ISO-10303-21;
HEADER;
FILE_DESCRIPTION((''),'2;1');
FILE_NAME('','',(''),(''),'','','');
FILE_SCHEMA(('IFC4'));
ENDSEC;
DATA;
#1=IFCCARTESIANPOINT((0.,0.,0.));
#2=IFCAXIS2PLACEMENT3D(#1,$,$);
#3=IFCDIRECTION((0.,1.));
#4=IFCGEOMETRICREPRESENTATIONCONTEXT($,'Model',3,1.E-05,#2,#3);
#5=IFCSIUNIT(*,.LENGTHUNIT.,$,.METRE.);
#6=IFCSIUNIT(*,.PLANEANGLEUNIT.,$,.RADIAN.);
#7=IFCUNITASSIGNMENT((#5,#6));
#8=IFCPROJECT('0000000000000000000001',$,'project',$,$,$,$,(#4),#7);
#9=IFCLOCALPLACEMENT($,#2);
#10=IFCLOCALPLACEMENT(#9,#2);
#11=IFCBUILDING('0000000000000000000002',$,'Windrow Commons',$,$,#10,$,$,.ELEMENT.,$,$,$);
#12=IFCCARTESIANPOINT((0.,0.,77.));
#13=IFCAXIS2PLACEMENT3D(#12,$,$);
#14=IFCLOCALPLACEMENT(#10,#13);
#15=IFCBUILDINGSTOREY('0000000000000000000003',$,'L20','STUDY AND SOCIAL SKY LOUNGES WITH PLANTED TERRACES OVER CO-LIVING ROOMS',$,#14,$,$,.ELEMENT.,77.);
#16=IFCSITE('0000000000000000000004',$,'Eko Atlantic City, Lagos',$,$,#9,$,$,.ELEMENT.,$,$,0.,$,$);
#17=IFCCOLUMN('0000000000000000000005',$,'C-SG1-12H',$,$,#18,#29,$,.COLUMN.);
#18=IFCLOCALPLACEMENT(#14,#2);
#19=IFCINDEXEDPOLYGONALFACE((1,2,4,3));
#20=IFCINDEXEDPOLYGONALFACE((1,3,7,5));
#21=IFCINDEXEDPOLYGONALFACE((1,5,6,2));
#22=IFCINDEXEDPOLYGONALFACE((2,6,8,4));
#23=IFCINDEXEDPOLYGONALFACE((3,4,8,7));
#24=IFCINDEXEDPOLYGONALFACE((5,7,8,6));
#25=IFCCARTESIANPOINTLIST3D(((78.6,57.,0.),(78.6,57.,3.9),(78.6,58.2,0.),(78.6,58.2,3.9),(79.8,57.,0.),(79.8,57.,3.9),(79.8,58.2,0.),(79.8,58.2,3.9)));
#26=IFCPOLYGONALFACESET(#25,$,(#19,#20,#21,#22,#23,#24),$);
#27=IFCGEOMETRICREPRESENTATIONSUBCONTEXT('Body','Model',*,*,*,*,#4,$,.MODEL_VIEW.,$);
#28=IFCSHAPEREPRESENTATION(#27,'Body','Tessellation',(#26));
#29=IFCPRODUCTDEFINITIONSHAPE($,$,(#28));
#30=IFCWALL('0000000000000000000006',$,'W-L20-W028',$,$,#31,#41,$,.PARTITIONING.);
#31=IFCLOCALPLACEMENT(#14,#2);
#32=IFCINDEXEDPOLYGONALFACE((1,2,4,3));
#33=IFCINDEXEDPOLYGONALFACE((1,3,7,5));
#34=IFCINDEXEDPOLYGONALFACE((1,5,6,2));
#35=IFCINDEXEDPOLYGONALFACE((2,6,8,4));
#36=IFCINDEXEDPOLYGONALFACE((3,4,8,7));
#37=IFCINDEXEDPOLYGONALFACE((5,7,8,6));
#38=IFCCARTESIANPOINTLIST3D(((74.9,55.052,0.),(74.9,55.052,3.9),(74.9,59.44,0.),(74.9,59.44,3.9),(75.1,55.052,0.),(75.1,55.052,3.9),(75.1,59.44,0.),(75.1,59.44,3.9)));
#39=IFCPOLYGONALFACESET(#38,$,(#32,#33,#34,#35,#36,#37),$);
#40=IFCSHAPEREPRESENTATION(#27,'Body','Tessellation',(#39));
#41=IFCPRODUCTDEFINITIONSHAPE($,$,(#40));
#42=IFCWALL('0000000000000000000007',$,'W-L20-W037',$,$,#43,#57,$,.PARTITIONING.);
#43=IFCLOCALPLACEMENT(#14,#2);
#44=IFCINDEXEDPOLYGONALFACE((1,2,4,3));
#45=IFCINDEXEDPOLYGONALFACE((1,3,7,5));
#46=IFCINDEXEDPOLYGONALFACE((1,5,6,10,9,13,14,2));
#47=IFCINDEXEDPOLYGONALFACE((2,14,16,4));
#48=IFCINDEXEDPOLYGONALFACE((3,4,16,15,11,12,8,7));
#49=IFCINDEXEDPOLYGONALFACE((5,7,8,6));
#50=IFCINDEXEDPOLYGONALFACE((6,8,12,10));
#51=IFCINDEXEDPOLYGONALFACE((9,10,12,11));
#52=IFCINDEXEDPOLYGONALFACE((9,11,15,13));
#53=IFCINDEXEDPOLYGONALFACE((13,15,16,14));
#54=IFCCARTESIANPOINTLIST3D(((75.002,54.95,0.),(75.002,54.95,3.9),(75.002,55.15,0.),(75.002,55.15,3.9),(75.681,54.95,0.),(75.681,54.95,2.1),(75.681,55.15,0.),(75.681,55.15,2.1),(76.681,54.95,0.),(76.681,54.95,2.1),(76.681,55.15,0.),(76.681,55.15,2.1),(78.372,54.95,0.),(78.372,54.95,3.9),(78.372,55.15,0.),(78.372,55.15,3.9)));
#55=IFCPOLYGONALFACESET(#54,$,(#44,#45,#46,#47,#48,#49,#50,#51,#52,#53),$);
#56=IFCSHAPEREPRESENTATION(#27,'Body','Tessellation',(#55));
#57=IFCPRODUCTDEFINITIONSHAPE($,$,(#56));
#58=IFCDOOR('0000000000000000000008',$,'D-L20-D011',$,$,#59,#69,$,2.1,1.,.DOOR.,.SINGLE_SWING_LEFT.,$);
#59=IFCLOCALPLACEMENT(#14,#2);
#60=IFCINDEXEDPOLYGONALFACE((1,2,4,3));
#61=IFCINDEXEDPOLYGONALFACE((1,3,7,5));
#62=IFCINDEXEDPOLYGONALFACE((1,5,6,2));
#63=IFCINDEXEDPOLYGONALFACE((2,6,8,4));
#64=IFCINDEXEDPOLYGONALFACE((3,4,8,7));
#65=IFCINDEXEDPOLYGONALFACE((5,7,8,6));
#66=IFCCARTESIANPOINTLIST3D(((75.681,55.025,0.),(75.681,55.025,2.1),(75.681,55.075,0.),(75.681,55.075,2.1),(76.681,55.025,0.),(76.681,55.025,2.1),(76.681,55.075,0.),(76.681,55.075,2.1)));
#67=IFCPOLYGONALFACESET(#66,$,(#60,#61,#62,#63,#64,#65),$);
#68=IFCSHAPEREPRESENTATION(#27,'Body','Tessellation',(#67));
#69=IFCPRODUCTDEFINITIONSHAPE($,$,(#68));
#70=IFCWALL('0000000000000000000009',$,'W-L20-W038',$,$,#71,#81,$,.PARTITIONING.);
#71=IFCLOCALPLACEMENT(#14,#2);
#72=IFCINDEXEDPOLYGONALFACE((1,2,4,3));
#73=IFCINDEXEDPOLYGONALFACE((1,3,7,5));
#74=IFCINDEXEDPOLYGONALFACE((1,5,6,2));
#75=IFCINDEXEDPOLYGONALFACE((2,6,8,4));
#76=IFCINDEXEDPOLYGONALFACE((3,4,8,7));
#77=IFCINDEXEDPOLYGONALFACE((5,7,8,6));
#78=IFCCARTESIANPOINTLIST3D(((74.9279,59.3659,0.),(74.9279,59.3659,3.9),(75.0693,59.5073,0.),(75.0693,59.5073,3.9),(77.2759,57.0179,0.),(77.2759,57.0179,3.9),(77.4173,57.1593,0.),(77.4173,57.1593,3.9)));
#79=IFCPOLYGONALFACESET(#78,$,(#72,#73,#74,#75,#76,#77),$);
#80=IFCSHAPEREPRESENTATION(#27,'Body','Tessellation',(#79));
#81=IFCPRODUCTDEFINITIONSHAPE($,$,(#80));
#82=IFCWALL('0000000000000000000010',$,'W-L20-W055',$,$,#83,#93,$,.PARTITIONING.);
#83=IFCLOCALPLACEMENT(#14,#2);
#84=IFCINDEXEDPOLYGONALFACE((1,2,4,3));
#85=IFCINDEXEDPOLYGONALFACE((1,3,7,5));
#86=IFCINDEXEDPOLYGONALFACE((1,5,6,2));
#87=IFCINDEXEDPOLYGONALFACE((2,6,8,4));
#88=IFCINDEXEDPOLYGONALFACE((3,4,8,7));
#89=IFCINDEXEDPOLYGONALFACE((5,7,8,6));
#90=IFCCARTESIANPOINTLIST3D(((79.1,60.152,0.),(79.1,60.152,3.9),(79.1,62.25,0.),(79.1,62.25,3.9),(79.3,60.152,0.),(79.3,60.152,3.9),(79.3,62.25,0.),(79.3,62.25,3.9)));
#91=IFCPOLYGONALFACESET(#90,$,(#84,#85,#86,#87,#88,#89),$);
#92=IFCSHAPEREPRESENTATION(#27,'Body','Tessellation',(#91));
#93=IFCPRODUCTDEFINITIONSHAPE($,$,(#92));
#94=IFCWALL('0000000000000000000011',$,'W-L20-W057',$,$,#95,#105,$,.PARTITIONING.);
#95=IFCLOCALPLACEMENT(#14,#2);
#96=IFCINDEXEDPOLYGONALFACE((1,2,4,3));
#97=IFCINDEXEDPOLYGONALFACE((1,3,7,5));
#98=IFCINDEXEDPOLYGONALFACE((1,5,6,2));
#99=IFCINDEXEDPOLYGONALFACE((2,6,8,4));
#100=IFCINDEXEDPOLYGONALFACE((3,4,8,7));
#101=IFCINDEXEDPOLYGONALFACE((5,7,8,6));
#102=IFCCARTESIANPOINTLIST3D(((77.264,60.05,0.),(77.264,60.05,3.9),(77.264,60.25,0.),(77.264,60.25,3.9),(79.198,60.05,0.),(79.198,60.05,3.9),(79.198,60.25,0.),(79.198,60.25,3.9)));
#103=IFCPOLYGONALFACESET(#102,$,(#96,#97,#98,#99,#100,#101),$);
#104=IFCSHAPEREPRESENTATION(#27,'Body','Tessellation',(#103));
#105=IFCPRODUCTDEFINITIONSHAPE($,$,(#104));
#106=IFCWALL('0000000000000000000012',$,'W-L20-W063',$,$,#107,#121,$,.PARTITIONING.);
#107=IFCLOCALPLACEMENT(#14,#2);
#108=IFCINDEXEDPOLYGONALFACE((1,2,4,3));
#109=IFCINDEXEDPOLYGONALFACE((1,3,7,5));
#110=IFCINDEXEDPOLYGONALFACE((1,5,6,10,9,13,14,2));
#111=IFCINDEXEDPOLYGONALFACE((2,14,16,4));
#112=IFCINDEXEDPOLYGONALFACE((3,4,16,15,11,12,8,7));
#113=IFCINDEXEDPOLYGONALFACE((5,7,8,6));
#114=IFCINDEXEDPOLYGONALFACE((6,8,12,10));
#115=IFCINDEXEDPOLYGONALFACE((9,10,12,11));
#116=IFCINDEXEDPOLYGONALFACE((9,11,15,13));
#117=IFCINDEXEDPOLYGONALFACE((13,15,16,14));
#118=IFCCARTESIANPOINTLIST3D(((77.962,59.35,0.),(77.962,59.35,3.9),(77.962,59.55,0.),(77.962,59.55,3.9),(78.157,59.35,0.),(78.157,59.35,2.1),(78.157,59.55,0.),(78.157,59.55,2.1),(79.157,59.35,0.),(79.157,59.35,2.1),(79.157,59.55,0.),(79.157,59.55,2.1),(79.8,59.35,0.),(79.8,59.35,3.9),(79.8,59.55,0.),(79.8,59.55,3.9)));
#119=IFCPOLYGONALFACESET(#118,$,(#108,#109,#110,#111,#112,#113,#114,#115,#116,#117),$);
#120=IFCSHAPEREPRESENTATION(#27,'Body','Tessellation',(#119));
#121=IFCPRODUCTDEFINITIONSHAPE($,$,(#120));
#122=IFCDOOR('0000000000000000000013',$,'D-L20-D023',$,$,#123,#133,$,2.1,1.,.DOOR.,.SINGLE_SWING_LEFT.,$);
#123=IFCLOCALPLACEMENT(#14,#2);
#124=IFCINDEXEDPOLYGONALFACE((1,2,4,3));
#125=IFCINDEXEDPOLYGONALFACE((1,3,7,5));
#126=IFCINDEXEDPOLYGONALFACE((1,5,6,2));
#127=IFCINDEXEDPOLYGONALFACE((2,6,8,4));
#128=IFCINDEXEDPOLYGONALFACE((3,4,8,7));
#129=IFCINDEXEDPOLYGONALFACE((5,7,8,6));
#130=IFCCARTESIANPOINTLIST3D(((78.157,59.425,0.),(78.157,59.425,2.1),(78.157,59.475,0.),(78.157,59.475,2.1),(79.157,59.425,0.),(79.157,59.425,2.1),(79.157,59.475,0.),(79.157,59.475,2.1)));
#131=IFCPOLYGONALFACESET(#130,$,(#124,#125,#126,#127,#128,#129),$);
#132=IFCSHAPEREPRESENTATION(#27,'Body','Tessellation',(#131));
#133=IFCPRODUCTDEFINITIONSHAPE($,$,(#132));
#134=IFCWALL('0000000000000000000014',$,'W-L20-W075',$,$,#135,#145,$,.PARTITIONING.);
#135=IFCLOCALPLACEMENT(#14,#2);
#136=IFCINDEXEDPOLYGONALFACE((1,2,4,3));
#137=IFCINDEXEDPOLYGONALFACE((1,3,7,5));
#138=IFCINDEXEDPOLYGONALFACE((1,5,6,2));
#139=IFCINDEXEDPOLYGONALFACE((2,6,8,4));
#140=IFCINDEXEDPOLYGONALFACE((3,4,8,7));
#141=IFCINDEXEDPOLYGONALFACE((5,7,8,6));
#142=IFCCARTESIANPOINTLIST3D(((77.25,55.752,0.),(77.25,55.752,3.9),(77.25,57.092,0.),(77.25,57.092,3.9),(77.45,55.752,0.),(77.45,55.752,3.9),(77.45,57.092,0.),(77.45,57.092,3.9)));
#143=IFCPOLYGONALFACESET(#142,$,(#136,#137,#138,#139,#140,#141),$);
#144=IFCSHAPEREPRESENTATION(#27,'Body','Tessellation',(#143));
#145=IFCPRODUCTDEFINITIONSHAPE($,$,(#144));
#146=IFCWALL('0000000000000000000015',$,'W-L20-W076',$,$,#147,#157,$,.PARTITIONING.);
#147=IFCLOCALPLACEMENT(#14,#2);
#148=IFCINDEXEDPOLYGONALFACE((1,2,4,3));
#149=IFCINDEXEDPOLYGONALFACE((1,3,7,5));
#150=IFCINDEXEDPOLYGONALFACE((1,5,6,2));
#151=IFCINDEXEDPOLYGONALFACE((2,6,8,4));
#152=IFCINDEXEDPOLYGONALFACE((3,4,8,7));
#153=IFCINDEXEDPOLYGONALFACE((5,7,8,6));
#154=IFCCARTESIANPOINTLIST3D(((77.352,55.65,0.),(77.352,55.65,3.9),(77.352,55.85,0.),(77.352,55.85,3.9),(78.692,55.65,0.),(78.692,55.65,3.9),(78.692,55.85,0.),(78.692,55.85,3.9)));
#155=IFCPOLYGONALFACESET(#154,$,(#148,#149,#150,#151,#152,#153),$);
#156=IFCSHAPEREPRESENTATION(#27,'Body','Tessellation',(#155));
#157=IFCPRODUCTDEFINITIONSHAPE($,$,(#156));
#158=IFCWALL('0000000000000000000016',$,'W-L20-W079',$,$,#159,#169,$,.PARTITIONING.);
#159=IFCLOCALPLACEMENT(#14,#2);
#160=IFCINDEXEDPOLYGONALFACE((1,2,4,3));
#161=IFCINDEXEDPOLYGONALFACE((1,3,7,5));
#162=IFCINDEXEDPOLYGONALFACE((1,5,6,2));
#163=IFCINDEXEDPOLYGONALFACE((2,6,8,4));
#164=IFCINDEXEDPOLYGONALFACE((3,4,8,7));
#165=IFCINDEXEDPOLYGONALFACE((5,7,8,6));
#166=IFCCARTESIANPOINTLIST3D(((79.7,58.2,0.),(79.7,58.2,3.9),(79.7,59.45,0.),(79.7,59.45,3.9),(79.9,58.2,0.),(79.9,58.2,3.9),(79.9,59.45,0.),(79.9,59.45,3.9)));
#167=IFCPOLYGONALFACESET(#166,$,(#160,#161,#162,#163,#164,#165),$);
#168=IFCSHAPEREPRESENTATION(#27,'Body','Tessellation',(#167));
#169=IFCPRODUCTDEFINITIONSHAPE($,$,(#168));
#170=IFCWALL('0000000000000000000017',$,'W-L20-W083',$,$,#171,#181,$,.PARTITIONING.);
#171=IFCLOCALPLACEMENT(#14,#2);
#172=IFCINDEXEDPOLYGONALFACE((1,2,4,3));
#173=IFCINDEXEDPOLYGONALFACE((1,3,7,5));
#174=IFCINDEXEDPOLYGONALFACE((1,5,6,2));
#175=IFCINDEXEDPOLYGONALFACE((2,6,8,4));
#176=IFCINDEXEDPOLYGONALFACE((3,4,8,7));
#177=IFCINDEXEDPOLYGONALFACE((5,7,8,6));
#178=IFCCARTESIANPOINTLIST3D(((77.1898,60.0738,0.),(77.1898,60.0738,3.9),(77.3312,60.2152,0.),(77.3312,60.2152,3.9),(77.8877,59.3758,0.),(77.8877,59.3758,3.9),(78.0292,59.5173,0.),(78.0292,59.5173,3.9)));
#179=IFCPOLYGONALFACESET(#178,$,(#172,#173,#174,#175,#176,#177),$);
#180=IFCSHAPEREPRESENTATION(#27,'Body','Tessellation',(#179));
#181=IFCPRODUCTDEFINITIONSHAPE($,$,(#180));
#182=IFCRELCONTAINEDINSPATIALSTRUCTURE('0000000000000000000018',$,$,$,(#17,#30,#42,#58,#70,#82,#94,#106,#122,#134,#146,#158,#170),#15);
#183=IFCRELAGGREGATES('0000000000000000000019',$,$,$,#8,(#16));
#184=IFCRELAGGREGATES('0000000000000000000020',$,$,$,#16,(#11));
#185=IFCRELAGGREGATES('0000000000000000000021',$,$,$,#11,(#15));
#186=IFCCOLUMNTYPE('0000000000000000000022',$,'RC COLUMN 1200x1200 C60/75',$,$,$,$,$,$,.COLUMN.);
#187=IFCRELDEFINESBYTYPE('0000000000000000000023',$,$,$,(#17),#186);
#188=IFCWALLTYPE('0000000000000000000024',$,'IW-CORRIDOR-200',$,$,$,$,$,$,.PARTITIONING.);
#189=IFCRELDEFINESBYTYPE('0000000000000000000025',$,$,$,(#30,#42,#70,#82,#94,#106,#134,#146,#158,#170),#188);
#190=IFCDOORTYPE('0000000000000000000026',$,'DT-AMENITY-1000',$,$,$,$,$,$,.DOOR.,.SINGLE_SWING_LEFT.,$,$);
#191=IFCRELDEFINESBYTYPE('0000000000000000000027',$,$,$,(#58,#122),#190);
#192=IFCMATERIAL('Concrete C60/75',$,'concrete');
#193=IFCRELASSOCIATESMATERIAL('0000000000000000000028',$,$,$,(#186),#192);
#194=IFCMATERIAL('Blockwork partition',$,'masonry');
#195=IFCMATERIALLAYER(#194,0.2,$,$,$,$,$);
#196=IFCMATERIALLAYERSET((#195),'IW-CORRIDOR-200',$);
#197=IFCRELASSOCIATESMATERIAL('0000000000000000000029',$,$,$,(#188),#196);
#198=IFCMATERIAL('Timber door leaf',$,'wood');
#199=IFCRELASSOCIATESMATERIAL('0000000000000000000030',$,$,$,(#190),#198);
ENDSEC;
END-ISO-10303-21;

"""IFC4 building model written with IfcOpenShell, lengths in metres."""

from ifc_helpers import new_model, si_unit, direction, frame, frame_2d, origin, origin_2d, place, context, subcontext, project, spatial, rectangle, extrude, material, layer, layer_set, material_profile, profile_set, type_object, element, fill, save


model = new_model("IFC4")

# Units and contexts
model_context = context("Model", 3, precision=1e-05, world=origin(), true_north=direction((0.0, 1.0)))
body_context = subcontext(model_context, "Body", "Model", "MODEL_VIEW")
ifc_project = project(units=[si_unit("LENGTHUNIT", "METRE"), si_unit("PLANEANGLEUNIT", "RADIAN")], contexts=[model_context])

# Site, building, storey
site_placement = place(None, origin())
site = spatial("IfcSite", under=ifc_project, at=site_placement, Name="Eko Atlantic City, Lagos", CompositionType="ELEMENT", RefElevation=0.0)
building_placement = place(site_placement, origin())
building = spatial("IfcBuilding", under=site, at=building_placement, Name="Windrow Commons", CompositionType="ELEMENT")
storey_placement = place(building_placement, frame((0.0, 0.0, 77.0)))
storey = spatial("IfcBuildingStorey", under=building, at=storey_placement, Name="L20", Description="STUDY AND SOCIAL SKY LOUNGES WITH PLANTED TERRACES OVER CO-LIVING ROOMS", CompositionType="ELEMENT", Elevation=77.0)

# Column
ifc_material_1 = material(Name="Concrete C60/75", Category="concrete")
ifc_material_profile = material_profile(ifc_material_1, rectangle(XDim=1.2, YDim=1.2, at=origin_2d()))
ifc_profile_set = profile_set([ifc_material_profile], Name="Concrete C60/75")
column_type = type_object("IfcColumnType", Name="RC COLUMN 1200x1200 C60/75", PredefinedType="COLUMN", material=ifc_profile_set)
column_placement = place(storey_placement, frame((79.2, 57.6, 0.0), z_axis=(0.0, 0.0, 1.0), x_axis=(1.0, 0.0, 0.0)))
element("IfcColumn", 1, at=column_placement, inside=storey, type_object=column_type, Name="C-SG1-12H", PredefinedType="COLUMN", context=body_context, shape_type="SweptSolid", body=[
    extrude(rectangle(XDim=1.2, YDim=1.2, at=origin_2d()), origin(), (0.0, 0.0, 1.0), 3.9),
])

# Wall
ifc_material_2 = material(Name="Blockwork partition", Category="masonry")
ifc_layer_1 = layer(ifc_material_2, 0.2)
ifc_layer_set_1 = layer_set([ifc_layer_1], Name="IW-CORRIDOR-200")
wall_type_1 = type_object("IfcWallType", Name="IW-CORRIDOR-200", PredefinedType="PARTITIONING", material=ifc_layer_set_1)
wall_1_placement = place(storey_placement, frame((75.0, 55.052, 0.0), z_axis=(0.0, 0.0, 1.0), x_axis=(0.0, 1.0, 0.0)))
element("IfcWall", 2, at=wall_1_placement, inside=storey, type_object=wall_type_1, Name="W-L20-W028", PredefinedType="PARTITIONING", context=body_context, shape_type="SweptSolid", body=[
    extrude(rectangle(XDim=4.388, YDim=0.2, at=frame_2d((2.194, 0.0))), origin(), (0.0, 0.0, 1.0), 3.9),
])

# Wall, opening, door
wall_2_placement = place(storey_placement, frame((75.002, 55.05, 0.0), z_axis=(0.0, 0.0, 1.0), x_axis=(1.0, 0.0, 0.0)))
wall_2 = element("IfcWall", 3, at=wall_2_placement, inside=storey, type_object=wall_type_1, Name="W-L20-W037", PredefinedType="PARTITIONING", context=body_context, shape_type="SweptSolid", body=[
    extrude(rectangle(XDim=3.37, YDim=0.2, at=frame_2d((1.685, 0.0))), origin(), (0.0, 0.0, 1.0), 3.9),
])
opening_1_placement = place(wall_2_placement, frame((0.679, 0.0, 0.0)))
opening_1 = element("IfcOpeningElement", 4, at=opening_1_placement, cuts=wall_2, PredefinedType="OPENING", context=body_context, shape_type="SweptSolid", body=[
    extrude(rectangle(XDim=1.0, YDim=2.1, at=frame_2d((0.5, 1.05))), frame((0.0, 0.11, 0.0), z_axis=(0.0, -1.0, 0.0), x_axis=(1.0, 0.0, 0.0)), (0.0, 0.0, 1.0), 0.22),
])
ifc_material_3 = material(Name="Timber door leaf", Category="wood")
door_type = type_object("IfcDoorType", Name="DT-AMENITY-1000", OperationType="SINGLE_SWING_LEFT", PredefinedType="DOOR", material=ifc_material_3)
door_1_placement = place(opening_1_placement, origin())
door_1 = element("IfcDoor", 5, at=door_1_placement, inside=storey, type_object=door_type, Name="D-L20-D011", OperationType="SINGLE_SWING_LEFT", OverallHeight=2.1, OverallWidth=1.0, PredefinedType="DOOR", context=body_context, shape_type="SweptSolid", body=[
    extrude(rectangle(XDim=1.0, YDim=2.1, at=frame_2d((0.5, 1.05))), frame((0.0, 0.025, 0.0), z_axis=(0.0, -1.0, 0.0), x_axis=(1.0, 0.0, 0.0)), (0.0, 0.0, 1.0), 0.05),
])
fill(opening_1, door_1)

# Walls
wall_3_placement = place(storey_placement, frame((74.9986, 59.4366, 0.0), z_axis=(0.0, 0.0, 1.0), x_axis=(0.707107, -0.707107, 0.0)))
element("IfcWall", 6, at=wall_3_placement, inside=storey, type_object=wall_type_1, Name="W-L20-W038", PredefinedType="PARTITIONING", context=body_context, shape_type="SweptSolid", body=[
    extrude(rectangle(XDim=3.3206, YDim=0.2, at=frame_2d((1.6603, 0.0))), origin(), (0.0, 0.0, 1.0), 3.9),
])
wall_4_placement = place(storey_placement, frame((79.2, 60.152, 0.0), z_axis=(0.0, 0.0, 1.0), x_axis=(0.0, 1.0, 0.0)))
element("IfcWall", 7, at=wall_4_placement, inside=storey, type_object=wall_type_1, Name="W-L20-W055", PredefinedType="PARTITIONING", context=body_context, shape_type="SweptSolid", body=[
    extrude(rectangle(XDim=2.098, YDim=0.2, at=frame_2d((1.049, 0.0))), origin(), (0.0, 0.0, 1.0), 3.9),
])
wall_5_placement = place(storey_placement, frame((77.264, 60.15, 0.0), z_axis=(0.0, 0.0, 1.0), x_axis=(1.0, 0.0, 0.0)))
element("IfcWall", 8, at=wall_5_placement, inside=storey, type_object=wall_type_1, Name="W-L20-W057", PredefinedType="PARTITIONING", context=body_context, shape_type="SweptSolid", body=[
    extrude(rectangle(XDim=1.934, YDim=0.2, at=frame_2d((0.967, 0.0))), origin(), (0.0, 0.0, 1.0), 3.9),
])

# Wall, opening, door
wall_6_placement = place(storey_placement, frame((77.962, 59.45, 0.0), z_axis=(0.0, 0.0, 1.0), x_axis=(1.0, 0.0, 0.0)))
wall_6 = element("IfcWall", 9, at=wall_6_placement, inside=storey, type_object=wall_type_1, Name="W-L20-W063", PredefinedType="PARTITIONING", context=body_context, shape_type="SweptSolid", body=[
    extrude(rectangle(XDim=1.838, YDim=0.2, at=frame_2d((0.919, 0.0))), origin(), (0.0, 0.0, 1.0), 3.9),
])
opening_2_placement = place(wall_6_placement, frame((0.195, 0.0, 0.0)))
opening_2 = element("IfcOpeningElement", 10, at=opening_2_placement, cuts=wall_6, PredefinedType="OPENING", context=body_context, shape_type="SweptSolid", body=[
    extrude(rectangle(XDim=1.0, YDim=2.1, at=frame_2d((0.5, 1.05))), frame((0.0, 0.11, 0.0), z_axis=(0.0, -1.0, 0.0), x_axis=(1.0, 0.0, 0.0)), (0.0, 0.0, 1.0), 0.22),
])
door_2_placement = place(opening_2_placement, origin())
door_2 = element("IfcDoor", 11, at=door_2_placement, inside=storey, type_object=door_type, Name="D-L20-D023", OperationType="SINGLE_SWING_LEFT", OverallHeight=2.1, OverallWidth=1.0, PredefinedType="DOOR", context=body_context, shape_type="SweptSolid", body=[
    extrude(rectangle(XDim=1.0, YDim=2.1, at=frame_2d((0.5, 1.05))), frame((0.0, 0.025, 0.0), z_axis=(0.0, -1.0, 0.0), x_axis=(1.0, 0.0, 0.0)), (0.0, 0.0, 1.0), 0.05),
])
fill(opening_2, door_2)

# Walls
for number, where, z_axis, x_axis, name in (
    (12, (77.35, 55.752, 0.0), (0.0, 0.0, 1.0), (0.0, 1.0, 0.0), "W-L20-W075"),
    (13, (77.352, 55.75, 0.0), (0.0, 0.0, 1.0), (1.0, 0.0, 0.0), "W-L20-W076"),
):
    element("IfcWall", number, at=place(storey_placement, frame(where, z_axis=z_axis, x_axis=x_axis)), inside=storey, type_object=wall_type_1, Name=name, PredefinedType="PARTITIONING", context=body_context, shape_type="SweptSolid", body=[
        extrude(rectangle(XDim=1.34, YDim=0.2, at=frame_2d((0.67, 0.0))), origin(), (0.0, 0.0, 1.0), 3.9),
    ])
wall_7_placement = place(storey_placement, frame((79.8, 58.2, 0.0), z_axis=(0.0, 0.0, 1.0), x_axis=(0.0, 1.0, 0.0)))
element("IfcWall", 14, at=wall_7_placement, inside=storey, type_object=wall_type_1, Name="W-L20-W079", PredefinedType="PARTITIONING", context=body_context, shape_type="SweptSolid", body=[
    extrude(rectangle(XDim=1.25, YDim=0.2, at=frame_2d((0.625, 0.0))), origin(), (0.0, 0.0, 1.0), 3.9),
])
wall_8_placement = place(storey_placement, frame((77.2605, 60.1445, 0.0), z_axis=(0.0, 0.0, 1.0), x_axis=(0.707107, -0.707107, 0.0)))
element("IfcWall", 15, at=wall_8_placement, inside=storey, type_object=wall_type_1, Name="W-L20-W083", PredefinedType="PARTITIONING", context=body_context, shape_type="SweptSolid", body=[
    extrude(rectangle(XDim=0.9871, YDim=0.2, at=frame_2d((0.4935, 0.0))), origin(), (0.0, 0.0, 1.0), 3.9),
])

save(model, "model.ifc")
